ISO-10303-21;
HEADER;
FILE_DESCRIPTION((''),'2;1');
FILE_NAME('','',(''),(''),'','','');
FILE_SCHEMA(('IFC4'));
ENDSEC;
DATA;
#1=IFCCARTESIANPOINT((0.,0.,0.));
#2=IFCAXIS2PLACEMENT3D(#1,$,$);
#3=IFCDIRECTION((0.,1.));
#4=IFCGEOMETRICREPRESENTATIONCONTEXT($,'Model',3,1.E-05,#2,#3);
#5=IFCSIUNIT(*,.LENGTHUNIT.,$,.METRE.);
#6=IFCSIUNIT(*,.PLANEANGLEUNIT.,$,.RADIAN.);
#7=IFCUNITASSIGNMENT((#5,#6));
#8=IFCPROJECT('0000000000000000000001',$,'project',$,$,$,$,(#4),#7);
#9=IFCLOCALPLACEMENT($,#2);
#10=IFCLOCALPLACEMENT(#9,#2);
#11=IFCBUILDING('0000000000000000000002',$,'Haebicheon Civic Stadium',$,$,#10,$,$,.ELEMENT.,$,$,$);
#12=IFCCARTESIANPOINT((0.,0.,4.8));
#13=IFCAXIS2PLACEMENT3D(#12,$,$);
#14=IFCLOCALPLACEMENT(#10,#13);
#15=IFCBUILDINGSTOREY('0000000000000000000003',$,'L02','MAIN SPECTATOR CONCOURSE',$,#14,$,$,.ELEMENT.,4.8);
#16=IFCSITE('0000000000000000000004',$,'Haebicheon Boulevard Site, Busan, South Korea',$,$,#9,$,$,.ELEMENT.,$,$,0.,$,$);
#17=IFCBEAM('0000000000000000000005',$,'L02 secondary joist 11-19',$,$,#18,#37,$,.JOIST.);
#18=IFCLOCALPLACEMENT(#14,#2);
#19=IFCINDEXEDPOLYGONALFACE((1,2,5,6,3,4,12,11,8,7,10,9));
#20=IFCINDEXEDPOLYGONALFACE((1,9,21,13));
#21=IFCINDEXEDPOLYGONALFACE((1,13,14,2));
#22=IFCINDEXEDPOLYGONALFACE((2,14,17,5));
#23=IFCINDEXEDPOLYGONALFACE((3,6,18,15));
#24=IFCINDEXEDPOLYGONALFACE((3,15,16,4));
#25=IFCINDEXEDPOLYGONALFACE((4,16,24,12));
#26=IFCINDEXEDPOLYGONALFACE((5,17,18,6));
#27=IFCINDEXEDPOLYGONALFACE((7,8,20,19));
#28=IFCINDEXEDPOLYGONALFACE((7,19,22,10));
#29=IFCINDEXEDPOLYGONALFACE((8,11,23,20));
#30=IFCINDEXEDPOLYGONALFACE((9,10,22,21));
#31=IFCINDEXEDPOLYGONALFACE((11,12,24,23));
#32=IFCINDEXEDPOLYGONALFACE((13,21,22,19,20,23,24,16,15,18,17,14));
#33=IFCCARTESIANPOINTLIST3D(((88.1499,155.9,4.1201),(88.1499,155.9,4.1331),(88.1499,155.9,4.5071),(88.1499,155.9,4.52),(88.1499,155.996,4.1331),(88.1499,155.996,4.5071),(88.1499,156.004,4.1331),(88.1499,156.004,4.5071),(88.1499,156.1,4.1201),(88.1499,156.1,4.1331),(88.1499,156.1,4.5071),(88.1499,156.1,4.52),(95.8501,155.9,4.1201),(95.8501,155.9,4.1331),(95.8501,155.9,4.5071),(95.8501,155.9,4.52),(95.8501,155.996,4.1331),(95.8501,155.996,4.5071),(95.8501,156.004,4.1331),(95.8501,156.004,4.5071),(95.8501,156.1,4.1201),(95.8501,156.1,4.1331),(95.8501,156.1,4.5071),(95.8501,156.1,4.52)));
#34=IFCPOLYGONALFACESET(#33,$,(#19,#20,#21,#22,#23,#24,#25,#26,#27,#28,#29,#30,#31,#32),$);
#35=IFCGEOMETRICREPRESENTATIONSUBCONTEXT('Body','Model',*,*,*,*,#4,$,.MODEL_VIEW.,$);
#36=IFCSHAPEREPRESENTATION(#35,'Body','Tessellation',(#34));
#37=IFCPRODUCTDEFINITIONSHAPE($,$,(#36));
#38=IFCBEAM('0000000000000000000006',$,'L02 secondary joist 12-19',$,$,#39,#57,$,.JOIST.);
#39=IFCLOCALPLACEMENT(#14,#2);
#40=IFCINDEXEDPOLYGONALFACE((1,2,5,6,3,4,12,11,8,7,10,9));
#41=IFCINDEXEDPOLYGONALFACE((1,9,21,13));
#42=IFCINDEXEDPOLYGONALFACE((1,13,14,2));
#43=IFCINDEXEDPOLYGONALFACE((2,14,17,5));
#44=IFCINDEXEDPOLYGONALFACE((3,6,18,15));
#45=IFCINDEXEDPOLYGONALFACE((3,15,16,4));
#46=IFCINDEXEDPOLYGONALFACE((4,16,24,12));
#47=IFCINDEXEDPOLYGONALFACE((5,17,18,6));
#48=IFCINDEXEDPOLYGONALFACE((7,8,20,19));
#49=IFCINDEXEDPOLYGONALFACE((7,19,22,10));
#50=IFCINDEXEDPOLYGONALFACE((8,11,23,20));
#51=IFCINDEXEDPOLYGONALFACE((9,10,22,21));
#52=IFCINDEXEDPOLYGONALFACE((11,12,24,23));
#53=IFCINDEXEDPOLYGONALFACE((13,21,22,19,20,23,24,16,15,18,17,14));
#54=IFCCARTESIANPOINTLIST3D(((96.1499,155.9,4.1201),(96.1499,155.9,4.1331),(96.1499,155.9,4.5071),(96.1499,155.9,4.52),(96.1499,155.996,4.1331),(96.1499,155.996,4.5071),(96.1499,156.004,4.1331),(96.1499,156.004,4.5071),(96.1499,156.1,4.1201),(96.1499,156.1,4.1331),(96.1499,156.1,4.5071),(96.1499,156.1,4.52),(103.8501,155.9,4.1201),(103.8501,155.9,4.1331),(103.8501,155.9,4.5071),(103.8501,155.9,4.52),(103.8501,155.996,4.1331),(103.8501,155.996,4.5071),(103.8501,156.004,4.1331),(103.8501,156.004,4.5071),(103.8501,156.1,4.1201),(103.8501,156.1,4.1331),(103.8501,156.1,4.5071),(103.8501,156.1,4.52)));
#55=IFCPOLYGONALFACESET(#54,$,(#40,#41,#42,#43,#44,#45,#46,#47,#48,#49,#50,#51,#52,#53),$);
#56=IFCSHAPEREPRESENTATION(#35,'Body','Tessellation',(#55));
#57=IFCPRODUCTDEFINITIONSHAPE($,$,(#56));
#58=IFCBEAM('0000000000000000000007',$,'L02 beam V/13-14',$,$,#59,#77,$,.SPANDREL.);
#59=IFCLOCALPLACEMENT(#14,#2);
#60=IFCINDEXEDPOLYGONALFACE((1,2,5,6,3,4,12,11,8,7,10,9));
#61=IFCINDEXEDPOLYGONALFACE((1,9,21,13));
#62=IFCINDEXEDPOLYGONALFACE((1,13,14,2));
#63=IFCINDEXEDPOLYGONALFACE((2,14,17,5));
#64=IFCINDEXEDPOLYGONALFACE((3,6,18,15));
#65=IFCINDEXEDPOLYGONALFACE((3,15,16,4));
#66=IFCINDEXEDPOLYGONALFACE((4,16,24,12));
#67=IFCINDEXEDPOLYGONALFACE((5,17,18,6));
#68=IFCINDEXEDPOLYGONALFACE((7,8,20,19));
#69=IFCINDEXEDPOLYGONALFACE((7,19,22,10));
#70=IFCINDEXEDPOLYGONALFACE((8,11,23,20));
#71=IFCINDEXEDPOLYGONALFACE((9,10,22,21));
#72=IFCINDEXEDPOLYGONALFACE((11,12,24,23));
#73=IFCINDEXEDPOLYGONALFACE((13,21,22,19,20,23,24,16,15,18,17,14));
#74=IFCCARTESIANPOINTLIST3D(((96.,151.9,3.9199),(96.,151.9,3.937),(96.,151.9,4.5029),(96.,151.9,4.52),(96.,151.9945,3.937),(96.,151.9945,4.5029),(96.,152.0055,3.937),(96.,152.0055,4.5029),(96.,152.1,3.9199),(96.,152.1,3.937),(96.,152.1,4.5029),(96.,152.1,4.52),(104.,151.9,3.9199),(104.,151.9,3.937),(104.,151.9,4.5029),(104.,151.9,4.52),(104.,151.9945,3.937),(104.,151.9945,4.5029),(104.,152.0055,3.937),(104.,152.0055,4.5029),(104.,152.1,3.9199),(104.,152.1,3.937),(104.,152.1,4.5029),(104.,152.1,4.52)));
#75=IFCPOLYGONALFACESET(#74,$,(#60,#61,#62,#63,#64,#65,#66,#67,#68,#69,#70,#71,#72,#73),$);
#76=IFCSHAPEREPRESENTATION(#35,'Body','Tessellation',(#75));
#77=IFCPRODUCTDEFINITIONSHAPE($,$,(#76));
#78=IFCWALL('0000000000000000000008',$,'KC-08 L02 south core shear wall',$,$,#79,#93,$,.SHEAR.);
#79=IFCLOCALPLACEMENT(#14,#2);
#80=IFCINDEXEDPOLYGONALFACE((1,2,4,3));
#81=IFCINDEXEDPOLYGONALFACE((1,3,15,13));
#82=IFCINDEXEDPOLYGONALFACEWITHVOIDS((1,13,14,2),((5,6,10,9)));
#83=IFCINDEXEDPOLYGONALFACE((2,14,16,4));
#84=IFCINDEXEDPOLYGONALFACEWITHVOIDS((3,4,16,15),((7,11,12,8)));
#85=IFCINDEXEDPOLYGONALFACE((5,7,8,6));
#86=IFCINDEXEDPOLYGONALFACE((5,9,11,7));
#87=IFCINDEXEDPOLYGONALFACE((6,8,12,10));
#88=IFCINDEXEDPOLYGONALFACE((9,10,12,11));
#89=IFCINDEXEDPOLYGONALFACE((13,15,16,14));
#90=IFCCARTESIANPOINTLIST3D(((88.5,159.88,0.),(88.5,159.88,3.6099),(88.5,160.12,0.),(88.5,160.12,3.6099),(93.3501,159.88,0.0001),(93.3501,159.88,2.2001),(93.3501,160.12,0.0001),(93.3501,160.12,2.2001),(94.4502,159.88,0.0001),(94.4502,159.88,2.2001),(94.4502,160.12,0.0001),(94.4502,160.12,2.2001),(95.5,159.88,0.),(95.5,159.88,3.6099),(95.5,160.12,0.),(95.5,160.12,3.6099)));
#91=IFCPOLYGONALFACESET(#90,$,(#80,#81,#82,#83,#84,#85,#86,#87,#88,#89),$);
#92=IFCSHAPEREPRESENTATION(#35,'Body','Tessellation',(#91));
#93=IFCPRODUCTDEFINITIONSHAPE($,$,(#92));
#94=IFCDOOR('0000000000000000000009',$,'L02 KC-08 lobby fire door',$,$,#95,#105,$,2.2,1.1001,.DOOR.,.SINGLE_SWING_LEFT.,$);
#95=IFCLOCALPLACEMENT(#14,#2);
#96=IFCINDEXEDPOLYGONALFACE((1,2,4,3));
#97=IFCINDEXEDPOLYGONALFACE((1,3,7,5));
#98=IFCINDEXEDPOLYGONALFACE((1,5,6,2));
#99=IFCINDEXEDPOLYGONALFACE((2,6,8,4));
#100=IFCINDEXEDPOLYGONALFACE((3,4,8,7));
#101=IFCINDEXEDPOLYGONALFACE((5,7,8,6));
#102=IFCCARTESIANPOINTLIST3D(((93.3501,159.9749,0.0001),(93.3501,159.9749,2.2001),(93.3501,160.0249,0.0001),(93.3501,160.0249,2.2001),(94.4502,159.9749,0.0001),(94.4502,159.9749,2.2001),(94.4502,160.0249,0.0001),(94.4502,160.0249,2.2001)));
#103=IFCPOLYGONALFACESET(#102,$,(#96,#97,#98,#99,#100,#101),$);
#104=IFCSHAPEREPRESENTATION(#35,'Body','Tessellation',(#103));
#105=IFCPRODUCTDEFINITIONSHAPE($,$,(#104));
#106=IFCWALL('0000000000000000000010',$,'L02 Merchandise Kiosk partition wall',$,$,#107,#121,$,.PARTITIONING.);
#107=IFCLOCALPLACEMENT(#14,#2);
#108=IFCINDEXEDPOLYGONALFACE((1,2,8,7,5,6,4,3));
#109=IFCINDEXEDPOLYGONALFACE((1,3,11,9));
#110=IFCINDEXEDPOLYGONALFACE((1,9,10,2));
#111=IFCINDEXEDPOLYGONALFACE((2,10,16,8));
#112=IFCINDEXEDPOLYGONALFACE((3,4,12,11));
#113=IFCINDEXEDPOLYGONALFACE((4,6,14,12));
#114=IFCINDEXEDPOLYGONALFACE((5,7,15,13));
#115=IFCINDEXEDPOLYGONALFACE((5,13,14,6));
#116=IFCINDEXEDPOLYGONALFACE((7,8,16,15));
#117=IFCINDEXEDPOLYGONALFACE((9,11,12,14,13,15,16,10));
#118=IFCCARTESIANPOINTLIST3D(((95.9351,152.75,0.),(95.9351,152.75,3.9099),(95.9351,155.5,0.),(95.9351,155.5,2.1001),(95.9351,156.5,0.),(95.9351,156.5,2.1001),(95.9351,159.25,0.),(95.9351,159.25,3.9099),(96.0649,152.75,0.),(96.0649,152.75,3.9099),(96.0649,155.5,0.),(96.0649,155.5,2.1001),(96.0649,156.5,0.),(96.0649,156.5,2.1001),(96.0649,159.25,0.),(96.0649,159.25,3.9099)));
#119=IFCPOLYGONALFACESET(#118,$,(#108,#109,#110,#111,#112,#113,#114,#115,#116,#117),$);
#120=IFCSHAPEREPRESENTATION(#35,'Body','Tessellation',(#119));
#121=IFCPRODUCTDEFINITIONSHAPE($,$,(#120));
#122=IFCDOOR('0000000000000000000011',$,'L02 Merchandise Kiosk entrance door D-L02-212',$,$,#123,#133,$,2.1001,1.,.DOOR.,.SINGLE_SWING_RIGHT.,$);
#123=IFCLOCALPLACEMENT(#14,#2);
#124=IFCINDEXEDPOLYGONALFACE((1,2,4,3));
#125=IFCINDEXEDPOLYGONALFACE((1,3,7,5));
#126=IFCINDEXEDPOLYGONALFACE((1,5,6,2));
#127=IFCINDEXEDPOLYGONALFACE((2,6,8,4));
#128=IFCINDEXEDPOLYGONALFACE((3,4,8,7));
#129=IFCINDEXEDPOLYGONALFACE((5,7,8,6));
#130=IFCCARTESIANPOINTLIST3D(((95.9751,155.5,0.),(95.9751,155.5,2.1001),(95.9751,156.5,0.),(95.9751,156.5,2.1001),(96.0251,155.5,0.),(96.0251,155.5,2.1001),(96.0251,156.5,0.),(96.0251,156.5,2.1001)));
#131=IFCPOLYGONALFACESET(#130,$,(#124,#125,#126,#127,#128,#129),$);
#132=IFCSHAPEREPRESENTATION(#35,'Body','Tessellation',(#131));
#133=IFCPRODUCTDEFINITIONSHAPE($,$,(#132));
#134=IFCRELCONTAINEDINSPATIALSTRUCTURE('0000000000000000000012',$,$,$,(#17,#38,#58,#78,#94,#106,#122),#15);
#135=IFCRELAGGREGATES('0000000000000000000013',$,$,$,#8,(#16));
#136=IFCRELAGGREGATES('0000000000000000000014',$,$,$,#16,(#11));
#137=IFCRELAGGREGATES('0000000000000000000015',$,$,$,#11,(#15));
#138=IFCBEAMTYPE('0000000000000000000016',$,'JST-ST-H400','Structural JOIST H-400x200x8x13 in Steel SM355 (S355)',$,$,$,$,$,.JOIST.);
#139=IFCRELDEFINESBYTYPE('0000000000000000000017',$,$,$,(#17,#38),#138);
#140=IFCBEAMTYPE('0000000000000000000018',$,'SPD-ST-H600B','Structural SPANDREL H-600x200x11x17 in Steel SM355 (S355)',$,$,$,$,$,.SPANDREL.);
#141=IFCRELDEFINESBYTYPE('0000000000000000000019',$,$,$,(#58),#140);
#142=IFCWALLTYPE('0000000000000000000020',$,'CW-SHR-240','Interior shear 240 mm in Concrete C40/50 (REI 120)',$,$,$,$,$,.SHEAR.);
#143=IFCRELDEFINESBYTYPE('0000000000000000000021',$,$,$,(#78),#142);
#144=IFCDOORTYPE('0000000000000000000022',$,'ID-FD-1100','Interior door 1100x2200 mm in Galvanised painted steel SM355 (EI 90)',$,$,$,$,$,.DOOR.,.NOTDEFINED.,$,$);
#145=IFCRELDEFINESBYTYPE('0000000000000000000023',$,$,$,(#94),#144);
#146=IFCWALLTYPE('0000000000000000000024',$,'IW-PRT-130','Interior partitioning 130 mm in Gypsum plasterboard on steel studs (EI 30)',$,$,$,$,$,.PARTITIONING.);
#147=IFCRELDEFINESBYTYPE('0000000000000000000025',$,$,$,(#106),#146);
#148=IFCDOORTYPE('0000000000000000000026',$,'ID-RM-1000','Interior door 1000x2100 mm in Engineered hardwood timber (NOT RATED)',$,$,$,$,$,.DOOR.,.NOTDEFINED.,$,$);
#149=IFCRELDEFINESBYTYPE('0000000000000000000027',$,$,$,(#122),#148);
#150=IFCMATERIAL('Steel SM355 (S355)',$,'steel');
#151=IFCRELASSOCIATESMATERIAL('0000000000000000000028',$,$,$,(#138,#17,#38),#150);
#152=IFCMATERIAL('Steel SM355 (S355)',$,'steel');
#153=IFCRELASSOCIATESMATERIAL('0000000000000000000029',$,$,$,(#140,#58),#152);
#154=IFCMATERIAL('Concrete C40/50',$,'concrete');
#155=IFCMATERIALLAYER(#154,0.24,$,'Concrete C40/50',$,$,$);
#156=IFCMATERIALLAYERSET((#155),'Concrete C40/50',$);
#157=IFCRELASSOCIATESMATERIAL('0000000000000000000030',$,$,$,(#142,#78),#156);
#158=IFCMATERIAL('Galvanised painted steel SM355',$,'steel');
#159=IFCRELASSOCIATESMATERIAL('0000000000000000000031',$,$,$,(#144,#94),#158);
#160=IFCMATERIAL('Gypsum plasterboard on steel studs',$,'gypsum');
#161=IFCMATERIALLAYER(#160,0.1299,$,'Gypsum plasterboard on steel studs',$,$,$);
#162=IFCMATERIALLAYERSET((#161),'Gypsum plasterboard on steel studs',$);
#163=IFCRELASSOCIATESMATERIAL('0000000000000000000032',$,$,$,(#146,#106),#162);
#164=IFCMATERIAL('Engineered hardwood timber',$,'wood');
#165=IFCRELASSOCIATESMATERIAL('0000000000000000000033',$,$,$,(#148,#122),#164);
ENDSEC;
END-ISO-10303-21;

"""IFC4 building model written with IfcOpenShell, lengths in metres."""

from ifc_helpers import new_model, si_unit, direction, frame, frame_2d, origin, origin_2d, place, context, subcontext, project, spatial, rectangle, i_section, extrude, material, layer, layer_set, material_profile, profile_set, type_object, element, fill, save


model = new_model("IFC4")

# Units and contexts
model_context = context("Model", 3, precision=1e-05, world=origin(), true_north=direction((0.0, 1.0)))
body_context = subcontext(model_context, "Body", "Model", "MODEL_VIEW")
ifc_project = project(units=[si_unit("LENGTHUNIT", "METRE"), si_unit("PLANEANGLEUNIT", "RADIAN")], contexts=[model_context])

# Site, building, storey
site_placement = place(None, origin())
site = spatial("IfcSite", under=ifc_project, at=site_placement, Name="Haebicheon Boulevard Site, Busan, South Korea", CompositionType="ELEMENT", RefElevation=0.0)
building_placement = place(site_placement, origin())
building = spatial("IfcBuilding", under=site, at=building_placement, Name="Haebicheon Civic Stadium", CompositionType="ELEMENT")
storey_placement = place(building_placement, frame((0.0, 0.0, 4.8)))
storey = spatial("IfcBuildingStorey", under=building, at=storey_placement, Name="L02", Description="MAIN SPECTATOR CONCOURSE", CompositionType="ELEMENT", Elevation=4.8)

# Beams
ifc_material_1 = material(Name="Steel SM355 (S355)", Category="steel")
ifc_material_profile_1 = material_profile(ifc_material_1, i_section(OverallWidth=0.2, OverallDepth=0.3999, WebThickness=0.0081, FlangeThickness=0.0129, at=origin_2d()), Name="H-400x200x8x13")
ifc_profile_set_1 = profile_set([ifc_material_profile_1], Name="Steel SM355 (S355)")
beam_type_1 = type_object("IfcBeamType", Name="JST-ST-H400", Description="Structural JOIST H-400x200x8x13 in Steel SM355 (S355)", PredefinedType="JOIST", material=ifc_profile_set_1)
for number, where, z_axis, x_axis, name in (
    (1, (88.1499, 156.0, 4.3201), (1.0, 0.0, 0.0), (0.0, 1.0, 0.0), "L02 secondary joist 11-19"),
    (2, (96.1499, 156.0, 4.3201), (1.0, 0.0, 0.0), (0.0, 1.0, 0.0), "L02 secondary joist 12-19"),
):
    element("IfcBeam", number, at=place(storey_placement, frame(where, z_axis=z_axis, x_axis=x_axis)), inside=storey, type_object=beam_type_1, material=ifc_profile_set_1, Name=name, PredefinedType="JOIST", context=body_context, shape_type="SweptSolid", body=[
        extrude(i_section(OverallWidth=0.2, OverallDepth=0.3999, WebThickness=0.0081, FlangeThickness=0.0129, at=origin_2d()), origin(), (0.0, 0.0, 1.0), 7.7002),
    ])
ifc_material_2 = material(Name="Steel SM355 (S355)", Category="steel")
ifc_material_profile_2 = material_profile(ifc_material_2, i_section(OverallWidth=0.2, OverallDepth=0.6001, WebThickness=0.011, FlangeThickness=0.0171, at=origin_2d()), Name="H-600x200x11x17")
ifc_profile_set_2 = profile_set([ifc_material_profile_2], Name="Steel SM355 (S355)")
beam_type_2 = type_object("IfcBeamType", Name="SPD-ST-H600B", Description="Structural SPANDREL H-600x200x11x17 in Steel SM355 (S355)", PredefinedType="SPANDREL", material=ifc_profile_set_2)
beam_placement = place(storey_placement, frame((96.0, 152.0, 4.22), z_axis=(1.0, 0.0, 0.0), x_axis=(0.0, 1.0, 0.0)))
element("IfcBeam", 3, at=beam_placement, inside=storey, type_object=beam_type_2, material=ifc_profile_set_2, Name="L02 beam V/13-14", PredefinedType="SPANDREL", context=body_context, shape_type="SweptSolid", body=[
    extrude(i_section(OverallWidth=0.2, OverallDepth=0.6001, WebThickness=0.011, FlangeThickness=0.0171, at=origin_2d()), origin(), (0.0, 0.0, 1.0), 8.0),
])

# Walls, openings, doors
ifc_material_3 = material(Name="Concrete C40/50", Category="concrete")
ifc_layer_1 = layer(ifc_material_3, 0.24, Name="Concrete C40/50")
ifc_layer_set_1 = layer_set([ifc_layer_1], Name="Concrete C40/50")
wall_type_1 = type_object("IfcWallType", Name="CW-SHR-240", Description="Interior shear 240 mm in Concrete C40/50 (REI 120)", PredefinedType="SHEAR", material=ifc_layer_set_1)
wall_1_placement = place(storey_placement, frame((88.5, 160.0, 0.0), z_axis=(0.0, 0.0, 1.0), x_axis=(1.0, 0.0, 0.0)))
wall_1 = element("IfcWall", 4, at=wall_1_placement, inside=storey, type_object=wall_type_1, material=ifc_layer_set_1, Name="KC-08 L02 south core shear wall", PredefinedType="SHEAR", context=body_context, shape_type="SweptSolid", body=[
    extrude(rectangle(XDim=7.0, YDim=0.24, at=frame_2d((3.5, 0.0))), origin(), (0.0, 0.0, 1.0), 3.6099),
])
opening_1_placement = place(wall_1_placement, frame((4.8501, 0.0, 0.0)))
opening_1 = element("IfcOpeningElement", 5, at=opening_1_placement, cuts=wall_1, PredefinedType="OPENING", context=body_context, shape_type="SweptSolid", body=[
    extrude(rectangle(XDim=1.1001, YDim=2.2, at=frame_2d((0.55, 1.1001))), frame((0.0, 0.1299, 0.0), z_axis=(0.0, -1.0, 0.0), x_axis=(1.0, 0.0, 0.0)), (0.0, 0.0, 1.0), 0.26),
])
ifc_material_4 = material(Name="Galvanised painted steel SM355", Category="steel")
door_type_1 = type_object("IfcDoorType", Name="ID-FD-1100", Description="Interior door 1100x2200 mm in Galvanised painted steel SM355 (EI 90)", OperationType="NOTDEFINED", PredefinedType="DOOR", material=ifc_material_4)
door_1_placement = place(opening_1_placement, origin())
door_1 = element("IfcDoor", 6, at=door_1_placement, inside=storey, type_object=door_type_1, material=ifc_material_4, Name="L02 KC-08 lobby fire door", OperationType="SINGLE_SWING_LEFT", OverallHeight=2.2, OverallWidth=1.1001, PredefinedType="DOOR", context=body_context, shape_type="SweptSolid", body=[
    extrude(rectangle(XDim=1.1001, YDim=2.2, at=frame_2d((0.55, 1.1001))), frame((0.0, 0.0249, 0.0), z_axis=(0.0, -1.0, 0.0), x_axis=(1.0, 0.0, 0.0)), (0.0, 0.0, 1.0), 0.05),
])
fill(opening_1, door_1)
ifc_material_5 = material(Name="Gypsum plasterboard on steel studs", Category="gypsum")
ifc_layer_2 = layer(ifc_material_5, 0.1299, Name="Gypsum plasterboard on steel studs")
ifc_layer_set_2 = layer_set([ifc_layer_2], Name="Gypsum plasterboard on steel studs")
wall_type_2 = type_object("IfcWallType", Name="IW-PRT-130", Description="Interior partitioning 130 mm in Gypsum plasterboard on steel studs (EI 30)", PredefinedType="PARTITIONING", material=ifc_layer_set_2)
wall_2_placement = place(storey_placement, frame((96.0, 152.75, 0.0), z_axis=(0.0, 0.0, 1.0), x_axis=(0.0, 1.0, 0.0)))
wall_2 = element("IfcWall", 7, at=wall_2_placement, inside=storey, type_object=wall_type_2, material=ifc_layer_set_2, Name="L02 Merchandise Kiosk partition wall", PredefinedType="PARTITIONING", context=body_context, shape_type="SweptSolid", body=[
    extrude(rectangle(XDim=6.5, YDim=0.1299, at=frame_2d((3.25, 0.0))), origin(), (0.0, 0.0, 1.0), 3.9099),
])
opening_2_placement = place(wall_2_placement, frame((2.75, 0.0, 0.0)))
opening_2 = element("IfcOpeningElement", 8, at=opening_2_placement, cuts=wall_2, PredefinedType="OPENING", context=body_context, shape_type="SweptSolid", body=[
    extrude(rectangle(XDim=1.0, YDim=2.1001, at=frame_2d((0.5, 1.05))), frame((0.0, 0.075, 0.0), z_axis=(0.0, -1.0, 0.0), x_axis=(1.0, 0.0, 0.0)), (0.0, 0.0, 1.0), 0.1499),
])
ifc_material_6 = material(Name="Engineered hardwood timber", Category="wood")
door_type_2 = type_object("IfcDoorType", Name="ID-RM-1000", Description="Interior door 1000x2100 mm in Engineered hardwood timber (NOT RATED)", OperationType="NOTDEFINED", PredefinedType="DOOR", material=ifc_material_6)
door_2_placement = place(opening_2_placement, origin())
door_2 = element("IfcDoor", 9, at=door_2_placement, inside=storey, type_object=door_type_2, material=ifc_material_6, Name="L02 Merchandise Kiosk entrance door D-L02-212", OperationType="SINGLE_SWING_RIGHT", OverallHeight=2.1001, OverallWidth=1.0, PredefinedType="DOOR", context=body_context, shape_type="SweptSolid", body=[
    extrude(rectangle(XDim=1.0, YDim=2.1001, at=frame_2d((0.5, 1.05))), frame((0.0, 0.0249, 0.0), z_axis=(0.0, -1.0, 0.0), x_axis=(1.0, 0.0, 0.0)), (0.0, 0.0, 1.0), 0.05),
])
fill(opening_2, door_2)

save(model, "model.ifc")
